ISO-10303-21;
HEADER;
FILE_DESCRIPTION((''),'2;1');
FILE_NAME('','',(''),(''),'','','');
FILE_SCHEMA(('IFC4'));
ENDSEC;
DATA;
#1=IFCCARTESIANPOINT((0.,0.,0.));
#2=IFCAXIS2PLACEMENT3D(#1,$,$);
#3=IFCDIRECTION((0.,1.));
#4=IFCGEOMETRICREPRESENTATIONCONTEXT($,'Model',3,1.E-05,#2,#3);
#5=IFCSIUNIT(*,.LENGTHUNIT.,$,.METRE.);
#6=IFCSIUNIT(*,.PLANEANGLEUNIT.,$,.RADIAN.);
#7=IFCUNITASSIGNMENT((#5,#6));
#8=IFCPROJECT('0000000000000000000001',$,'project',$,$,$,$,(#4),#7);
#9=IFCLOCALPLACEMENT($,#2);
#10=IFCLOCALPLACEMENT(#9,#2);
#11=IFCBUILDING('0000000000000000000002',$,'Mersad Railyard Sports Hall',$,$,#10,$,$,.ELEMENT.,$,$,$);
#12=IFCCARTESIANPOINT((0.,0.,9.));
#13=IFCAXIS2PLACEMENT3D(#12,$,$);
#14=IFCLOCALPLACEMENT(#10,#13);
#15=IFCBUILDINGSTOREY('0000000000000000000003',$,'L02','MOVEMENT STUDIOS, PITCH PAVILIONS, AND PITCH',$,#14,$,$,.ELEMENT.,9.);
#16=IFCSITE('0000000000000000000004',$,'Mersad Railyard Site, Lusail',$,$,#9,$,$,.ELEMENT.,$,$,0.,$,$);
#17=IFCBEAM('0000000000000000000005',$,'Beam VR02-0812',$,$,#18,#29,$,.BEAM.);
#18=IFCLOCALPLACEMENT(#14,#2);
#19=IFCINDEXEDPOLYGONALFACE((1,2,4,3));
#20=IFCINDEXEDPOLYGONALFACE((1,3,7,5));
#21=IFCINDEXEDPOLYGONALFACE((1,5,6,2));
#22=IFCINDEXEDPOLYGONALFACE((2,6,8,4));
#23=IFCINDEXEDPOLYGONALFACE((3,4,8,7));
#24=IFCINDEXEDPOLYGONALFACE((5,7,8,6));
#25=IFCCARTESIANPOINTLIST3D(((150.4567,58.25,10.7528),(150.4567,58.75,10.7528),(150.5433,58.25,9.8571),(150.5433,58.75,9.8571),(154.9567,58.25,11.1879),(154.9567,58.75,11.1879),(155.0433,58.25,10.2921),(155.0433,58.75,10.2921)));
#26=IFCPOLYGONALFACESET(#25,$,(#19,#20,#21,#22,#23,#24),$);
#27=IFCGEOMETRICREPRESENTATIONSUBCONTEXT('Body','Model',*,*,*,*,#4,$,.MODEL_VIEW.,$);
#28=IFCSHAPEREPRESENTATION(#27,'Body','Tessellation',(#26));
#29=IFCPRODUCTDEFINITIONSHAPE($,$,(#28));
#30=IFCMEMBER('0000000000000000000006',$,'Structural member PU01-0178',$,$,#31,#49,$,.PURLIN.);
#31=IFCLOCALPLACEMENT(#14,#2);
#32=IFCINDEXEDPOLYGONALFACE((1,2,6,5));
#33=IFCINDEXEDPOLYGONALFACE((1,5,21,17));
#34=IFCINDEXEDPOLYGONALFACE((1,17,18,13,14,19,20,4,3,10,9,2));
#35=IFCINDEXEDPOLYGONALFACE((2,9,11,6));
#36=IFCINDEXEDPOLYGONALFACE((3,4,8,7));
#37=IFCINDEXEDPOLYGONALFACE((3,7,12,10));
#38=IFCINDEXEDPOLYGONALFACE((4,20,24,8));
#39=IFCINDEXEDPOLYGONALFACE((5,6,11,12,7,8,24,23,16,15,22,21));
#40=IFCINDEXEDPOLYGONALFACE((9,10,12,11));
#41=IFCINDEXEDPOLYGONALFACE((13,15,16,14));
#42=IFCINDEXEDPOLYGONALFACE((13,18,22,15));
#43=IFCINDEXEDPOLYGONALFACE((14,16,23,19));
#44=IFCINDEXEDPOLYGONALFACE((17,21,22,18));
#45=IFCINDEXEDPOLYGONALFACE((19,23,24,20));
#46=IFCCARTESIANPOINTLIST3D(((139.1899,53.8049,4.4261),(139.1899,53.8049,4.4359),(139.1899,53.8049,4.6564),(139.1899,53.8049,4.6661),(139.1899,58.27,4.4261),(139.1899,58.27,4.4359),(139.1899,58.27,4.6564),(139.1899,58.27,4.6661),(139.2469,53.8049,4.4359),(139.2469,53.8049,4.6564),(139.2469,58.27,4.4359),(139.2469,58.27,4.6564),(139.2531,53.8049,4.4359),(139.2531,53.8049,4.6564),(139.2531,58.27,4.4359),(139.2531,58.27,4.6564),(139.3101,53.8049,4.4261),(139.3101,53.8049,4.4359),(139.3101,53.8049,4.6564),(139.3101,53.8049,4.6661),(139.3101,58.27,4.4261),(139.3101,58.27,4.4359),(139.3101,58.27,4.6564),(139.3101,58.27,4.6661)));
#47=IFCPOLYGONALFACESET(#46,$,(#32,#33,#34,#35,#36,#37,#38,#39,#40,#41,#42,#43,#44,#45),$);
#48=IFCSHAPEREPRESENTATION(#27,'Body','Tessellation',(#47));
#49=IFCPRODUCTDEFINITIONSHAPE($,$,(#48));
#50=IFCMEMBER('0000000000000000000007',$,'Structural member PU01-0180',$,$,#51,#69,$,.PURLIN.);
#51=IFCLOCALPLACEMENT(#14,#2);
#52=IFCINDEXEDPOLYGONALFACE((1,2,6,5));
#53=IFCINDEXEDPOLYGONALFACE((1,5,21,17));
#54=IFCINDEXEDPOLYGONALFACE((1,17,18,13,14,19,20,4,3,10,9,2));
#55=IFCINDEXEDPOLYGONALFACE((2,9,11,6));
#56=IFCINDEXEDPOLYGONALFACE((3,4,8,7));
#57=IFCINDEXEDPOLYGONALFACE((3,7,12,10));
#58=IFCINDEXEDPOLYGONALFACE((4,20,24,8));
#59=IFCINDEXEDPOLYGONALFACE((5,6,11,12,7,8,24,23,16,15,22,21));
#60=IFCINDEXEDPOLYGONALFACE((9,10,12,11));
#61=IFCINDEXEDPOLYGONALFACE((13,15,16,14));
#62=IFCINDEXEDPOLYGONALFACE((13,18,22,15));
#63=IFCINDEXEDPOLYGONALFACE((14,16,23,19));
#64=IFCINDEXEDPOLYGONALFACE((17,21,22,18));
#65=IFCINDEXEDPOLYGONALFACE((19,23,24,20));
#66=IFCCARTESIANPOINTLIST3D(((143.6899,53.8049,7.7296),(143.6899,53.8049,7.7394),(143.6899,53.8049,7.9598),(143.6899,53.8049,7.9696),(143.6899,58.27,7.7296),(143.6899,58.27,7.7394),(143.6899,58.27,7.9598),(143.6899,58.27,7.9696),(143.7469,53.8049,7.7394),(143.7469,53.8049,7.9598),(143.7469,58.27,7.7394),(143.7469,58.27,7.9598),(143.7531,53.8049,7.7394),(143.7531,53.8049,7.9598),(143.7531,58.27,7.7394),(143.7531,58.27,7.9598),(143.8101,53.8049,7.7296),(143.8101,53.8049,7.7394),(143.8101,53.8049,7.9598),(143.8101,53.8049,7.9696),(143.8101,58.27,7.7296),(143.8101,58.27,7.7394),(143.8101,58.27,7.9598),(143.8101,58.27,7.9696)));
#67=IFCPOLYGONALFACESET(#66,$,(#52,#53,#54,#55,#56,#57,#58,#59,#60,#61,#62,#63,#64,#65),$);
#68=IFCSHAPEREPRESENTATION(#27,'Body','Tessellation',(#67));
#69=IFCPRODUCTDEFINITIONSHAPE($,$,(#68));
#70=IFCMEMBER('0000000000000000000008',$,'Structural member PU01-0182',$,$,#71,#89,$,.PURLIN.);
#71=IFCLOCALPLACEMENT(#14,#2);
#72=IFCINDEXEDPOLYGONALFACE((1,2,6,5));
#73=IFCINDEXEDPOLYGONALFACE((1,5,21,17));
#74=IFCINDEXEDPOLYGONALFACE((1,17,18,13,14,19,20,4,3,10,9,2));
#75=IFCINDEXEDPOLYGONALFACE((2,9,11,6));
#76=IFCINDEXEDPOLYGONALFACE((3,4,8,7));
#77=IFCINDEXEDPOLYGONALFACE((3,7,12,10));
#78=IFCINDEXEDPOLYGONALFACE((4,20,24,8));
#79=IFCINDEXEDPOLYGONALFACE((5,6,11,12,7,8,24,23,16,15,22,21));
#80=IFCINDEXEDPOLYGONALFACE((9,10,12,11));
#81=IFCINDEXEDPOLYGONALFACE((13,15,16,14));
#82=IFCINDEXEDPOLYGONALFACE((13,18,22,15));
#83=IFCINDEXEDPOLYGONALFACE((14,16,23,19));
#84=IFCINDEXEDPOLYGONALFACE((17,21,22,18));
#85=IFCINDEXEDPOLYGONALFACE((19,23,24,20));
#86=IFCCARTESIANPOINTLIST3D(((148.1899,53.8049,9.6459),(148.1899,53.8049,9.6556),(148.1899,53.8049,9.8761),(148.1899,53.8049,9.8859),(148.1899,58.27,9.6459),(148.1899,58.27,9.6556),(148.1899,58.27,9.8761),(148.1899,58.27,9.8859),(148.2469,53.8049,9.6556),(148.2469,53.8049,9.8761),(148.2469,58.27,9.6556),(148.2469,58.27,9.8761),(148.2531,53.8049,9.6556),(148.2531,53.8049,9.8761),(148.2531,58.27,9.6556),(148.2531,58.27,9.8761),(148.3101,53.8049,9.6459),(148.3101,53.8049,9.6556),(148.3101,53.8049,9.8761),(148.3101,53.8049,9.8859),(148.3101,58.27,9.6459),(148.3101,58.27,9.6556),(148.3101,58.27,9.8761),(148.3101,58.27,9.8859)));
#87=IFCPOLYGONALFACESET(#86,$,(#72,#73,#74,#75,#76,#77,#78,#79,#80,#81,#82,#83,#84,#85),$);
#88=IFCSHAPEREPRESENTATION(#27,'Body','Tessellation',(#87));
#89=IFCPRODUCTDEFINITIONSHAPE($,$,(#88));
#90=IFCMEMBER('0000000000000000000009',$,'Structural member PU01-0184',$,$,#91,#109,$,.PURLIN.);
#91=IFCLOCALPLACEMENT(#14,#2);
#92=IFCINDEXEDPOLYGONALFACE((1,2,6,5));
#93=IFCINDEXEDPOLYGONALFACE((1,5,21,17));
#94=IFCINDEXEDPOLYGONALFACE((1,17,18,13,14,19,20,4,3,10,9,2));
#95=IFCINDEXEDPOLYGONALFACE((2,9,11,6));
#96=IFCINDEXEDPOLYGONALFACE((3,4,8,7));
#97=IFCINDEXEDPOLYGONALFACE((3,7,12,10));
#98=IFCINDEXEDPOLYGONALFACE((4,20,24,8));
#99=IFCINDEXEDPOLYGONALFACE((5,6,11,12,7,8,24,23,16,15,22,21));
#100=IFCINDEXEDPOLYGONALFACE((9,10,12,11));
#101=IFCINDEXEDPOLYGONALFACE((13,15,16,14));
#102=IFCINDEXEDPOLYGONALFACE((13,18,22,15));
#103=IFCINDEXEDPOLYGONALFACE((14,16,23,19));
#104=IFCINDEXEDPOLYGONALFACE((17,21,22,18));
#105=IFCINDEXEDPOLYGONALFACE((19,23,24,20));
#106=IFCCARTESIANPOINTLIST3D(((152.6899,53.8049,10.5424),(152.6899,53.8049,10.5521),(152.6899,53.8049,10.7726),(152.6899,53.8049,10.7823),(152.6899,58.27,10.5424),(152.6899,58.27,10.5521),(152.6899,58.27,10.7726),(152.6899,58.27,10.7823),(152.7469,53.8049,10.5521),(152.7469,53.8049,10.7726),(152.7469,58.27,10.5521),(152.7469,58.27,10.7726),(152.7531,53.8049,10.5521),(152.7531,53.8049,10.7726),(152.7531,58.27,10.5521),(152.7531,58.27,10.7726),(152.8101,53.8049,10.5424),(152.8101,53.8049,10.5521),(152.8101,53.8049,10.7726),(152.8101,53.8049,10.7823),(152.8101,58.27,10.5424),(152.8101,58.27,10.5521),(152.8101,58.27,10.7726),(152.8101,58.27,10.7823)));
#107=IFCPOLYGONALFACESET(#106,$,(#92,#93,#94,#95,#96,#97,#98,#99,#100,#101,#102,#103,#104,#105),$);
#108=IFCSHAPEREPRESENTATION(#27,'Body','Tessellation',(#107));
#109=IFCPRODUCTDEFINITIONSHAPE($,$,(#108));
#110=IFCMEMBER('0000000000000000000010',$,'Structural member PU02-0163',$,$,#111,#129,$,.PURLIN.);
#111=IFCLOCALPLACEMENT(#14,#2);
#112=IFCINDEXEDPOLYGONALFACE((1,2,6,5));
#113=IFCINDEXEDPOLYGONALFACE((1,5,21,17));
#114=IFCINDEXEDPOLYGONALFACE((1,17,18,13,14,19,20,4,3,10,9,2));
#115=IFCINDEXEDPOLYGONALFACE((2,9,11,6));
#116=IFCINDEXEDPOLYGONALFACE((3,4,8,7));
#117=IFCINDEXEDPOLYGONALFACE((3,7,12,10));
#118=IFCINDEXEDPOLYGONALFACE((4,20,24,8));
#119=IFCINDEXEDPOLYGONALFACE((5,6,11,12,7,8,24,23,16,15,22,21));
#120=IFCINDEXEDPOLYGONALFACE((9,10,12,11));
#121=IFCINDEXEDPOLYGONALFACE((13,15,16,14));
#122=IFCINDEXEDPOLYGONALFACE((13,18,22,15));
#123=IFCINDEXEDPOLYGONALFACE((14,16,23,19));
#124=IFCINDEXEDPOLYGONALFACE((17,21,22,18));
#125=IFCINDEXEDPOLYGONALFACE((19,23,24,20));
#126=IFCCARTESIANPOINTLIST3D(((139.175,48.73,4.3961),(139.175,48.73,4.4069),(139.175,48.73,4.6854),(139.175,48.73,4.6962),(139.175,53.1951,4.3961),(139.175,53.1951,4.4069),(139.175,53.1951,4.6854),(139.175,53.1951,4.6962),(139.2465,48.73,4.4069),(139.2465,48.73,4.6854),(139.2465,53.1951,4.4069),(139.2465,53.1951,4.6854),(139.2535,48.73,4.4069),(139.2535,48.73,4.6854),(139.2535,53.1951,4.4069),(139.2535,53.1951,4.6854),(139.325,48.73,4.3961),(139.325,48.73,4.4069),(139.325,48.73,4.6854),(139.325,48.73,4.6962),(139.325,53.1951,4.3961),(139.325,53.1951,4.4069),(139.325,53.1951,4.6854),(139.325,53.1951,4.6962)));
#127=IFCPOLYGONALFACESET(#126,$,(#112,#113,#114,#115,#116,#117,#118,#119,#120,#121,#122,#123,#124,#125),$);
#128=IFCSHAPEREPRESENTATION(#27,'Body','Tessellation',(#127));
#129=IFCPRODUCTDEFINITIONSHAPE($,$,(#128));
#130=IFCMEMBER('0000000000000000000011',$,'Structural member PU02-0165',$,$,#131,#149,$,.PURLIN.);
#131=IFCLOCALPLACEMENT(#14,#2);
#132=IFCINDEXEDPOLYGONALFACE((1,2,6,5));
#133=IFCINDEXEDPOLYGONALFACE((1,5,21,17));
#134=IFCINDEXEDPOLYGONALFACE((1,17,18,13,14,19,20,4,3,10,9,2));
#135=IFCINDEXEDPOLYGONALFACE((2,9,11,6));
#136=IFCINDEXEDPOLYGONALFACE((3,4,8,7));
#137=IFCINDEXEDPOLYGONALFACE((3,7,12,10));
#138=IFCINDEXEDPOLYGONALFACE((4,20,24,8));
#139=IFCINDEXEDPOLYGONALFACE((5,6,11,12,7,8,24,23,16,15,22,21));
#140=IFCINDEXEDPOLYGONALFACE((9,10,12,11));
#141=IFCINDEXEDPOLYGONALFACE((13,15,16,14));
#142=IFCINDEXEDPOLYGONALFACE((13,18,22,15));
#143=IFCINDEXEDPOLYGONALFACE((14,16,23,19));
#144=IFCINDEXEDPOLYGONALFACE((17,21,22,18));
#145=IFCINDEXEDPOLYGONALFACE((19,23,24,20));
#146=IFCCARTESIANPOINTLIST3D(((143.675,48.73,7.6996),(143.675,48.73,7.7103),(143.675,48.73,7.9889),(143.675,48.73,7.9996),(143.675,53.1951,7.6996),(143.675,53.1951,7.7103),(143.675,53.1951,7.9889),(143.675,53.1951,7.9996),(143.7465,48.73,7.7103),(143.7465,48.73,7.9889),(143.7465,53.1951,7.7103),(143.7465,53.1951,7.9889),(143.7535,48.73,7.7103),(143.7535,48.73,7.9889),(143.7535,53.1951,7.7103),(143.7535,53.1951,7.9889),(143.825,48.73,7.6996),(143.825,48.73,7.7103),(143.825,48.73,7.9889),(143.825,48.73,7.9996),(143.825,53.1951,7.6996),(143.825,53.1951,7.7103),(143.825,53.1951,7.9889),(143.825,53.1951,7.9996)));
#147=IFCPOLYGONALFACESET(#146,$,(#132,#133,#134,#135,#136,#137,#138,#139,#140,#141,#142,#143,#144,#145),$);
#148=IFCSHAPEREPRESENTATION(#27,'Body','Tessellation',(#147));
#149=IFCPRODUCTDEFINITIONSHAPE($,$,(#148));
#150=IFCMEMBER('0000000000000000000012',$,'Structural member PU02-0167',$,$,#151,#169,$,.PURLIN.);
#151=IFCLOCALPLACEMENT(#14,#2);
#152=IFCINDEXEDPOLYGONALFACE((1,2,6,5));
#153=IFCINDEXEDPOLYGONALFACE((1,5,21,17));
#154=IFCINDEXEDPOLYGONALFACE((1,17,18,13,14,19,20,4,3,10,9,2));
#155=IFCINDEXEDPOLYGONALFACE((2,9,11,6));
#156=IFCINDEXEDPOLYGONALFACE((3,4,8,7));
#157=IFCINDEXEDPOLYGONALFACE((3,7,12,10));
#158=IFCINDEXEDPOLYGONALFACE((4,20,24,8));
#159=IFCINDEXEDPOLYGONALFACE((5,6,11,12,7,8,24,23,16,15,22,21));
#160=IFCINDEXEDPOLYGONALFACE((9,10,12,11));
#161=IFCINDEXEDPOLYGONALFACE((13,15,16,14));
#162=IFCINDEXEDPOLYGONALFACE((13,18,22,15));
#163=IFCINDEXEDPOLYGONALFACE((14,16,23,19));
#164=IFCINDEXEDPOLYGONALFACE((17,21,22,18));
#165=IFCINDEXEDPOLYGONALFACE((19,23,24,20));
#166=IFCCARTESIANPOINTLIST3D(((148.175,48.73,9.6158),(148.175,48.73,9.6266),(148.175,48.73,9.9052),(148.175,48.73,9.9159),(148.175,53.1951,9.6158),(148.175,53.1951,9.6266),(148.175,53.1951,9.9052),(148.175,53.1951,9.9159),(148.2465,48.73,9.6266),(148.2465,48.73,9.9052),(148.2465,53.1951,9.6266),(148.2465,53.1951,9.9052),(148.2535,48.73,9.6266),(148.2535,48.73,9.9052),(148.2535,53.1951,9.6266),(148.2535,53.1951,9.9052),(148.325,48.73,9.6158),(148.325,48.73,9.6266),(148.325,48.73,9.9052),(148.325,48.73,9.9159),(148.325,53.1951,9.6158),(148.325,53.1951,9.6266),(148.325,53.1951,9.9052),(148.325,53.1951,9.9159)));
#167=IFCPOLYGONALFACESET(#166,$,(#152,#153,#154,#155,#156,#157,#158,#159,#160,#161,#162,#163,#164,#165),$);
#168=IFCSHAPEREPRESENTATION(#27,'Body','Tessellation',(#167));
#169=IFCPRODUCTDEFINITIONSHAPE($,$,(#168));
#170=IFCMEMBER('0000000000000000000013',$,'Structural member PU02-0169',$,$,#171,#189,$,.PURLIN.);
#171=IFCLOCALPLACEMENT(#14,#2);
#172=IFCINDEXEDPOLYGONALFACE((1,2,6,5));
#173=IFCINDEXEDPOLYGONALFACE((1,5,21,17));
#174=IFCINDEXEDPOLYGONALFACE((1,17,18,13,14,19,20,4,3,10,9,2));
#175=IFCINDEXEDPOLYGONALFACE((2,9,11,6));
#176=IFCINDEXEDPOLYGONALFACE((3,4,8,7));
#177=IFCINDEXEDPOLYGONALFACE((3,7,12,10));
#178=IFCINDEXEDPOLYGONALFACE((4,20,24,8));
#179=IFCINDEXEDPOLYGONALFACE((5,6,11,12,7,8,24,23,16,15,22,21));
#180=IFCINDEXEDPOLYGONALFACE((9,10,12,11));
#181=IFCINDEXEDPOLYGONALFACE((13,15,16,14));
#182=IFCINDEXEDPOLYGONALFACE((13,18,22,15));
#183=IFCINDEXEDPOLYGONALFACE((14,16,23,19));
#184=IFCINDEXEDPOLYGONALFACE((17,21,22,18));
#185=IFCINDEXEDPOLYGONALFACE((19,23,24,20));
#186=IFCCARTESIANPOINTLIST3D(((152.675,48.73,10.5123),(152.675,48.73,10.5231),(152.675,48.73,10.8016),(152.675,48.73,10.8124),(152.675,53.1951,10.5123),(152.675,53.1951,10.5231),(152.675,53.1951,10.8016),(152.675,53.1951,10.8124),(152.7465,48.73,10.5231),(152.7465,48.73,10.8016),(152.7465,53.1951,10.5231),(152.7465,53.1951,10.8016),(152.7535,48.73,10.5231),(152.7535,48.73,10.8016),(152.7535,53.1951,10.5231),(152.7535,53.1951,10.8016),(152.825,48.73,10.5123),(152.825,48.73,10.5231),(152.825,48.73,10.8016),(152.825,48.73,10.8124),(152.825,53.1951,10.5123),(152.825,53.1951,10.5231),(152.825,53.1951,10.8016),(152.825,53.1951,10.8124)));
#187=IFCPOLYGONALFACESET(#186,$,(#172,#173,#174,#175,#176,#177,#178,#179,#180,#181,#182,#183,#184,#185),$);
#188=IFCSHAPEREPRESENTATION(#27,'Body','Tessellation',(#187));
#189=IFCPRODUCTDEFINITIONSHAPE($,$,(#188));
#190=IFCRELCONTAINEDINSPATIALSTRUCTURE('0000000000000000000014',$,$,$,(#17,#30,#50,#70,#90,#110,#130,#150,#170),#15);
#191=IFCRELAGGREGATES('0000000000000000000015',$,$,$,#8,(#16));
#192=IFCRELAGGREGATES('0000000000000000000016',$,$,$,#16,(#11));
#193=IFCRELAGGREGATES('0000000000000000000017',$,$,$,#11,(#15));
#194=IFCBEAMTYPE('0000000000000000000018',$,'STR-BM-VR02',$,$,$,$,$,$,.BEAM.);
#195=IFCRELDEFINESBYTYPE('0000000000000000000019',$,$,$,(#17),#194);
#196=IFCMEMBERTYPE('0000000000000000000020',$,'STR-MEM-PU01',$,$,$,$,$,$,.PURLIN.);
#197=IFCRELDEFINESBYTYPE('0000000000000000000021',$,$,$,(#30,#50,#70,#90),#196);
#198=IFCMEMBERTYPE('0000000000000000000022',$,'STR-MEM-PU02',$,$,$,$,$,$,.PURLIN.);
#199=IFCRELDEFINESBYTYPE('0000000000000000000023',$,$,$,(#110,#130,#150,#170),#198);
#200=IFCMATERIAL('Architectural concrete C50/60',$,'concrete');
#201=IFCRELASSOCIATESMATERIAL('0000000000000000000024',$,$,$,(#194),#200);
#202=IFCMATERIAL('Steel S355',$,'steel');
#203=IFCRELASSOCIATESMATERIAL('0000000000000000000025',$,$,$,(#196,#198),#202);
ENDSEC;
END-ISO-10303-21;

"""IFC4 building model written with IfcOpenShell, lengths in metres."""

from ifc_helpers import new_model, si_unit, direction, frame, origin, origin_2d, place, context, subcontext, project, spatial, rectangle, i_section, extrude, material, material_profile, profile_set, type_object, element, save


model = new_model("IFC4")

# Units and contexts
model_context = context("Model", 3, precision=1e-05, world=origin(), true_north=direction((0.0, 1.0)))
body_context = subcontext(model_context, "Body", "Model", "MODEL_VIEW")
ifc_project = project(units=[si_unit("LENGTHUNIT", "METRE"), si_unit("PLANEANGLEUNIT", "RADIAN")], contexts=[model_context])

# Site, building, storey
site_placement = place(None, origin())
site = spatial("IfcSite", under=ifc_project, at=site_placement, Name="Mersad Railyard Site, Lusail", CompositionType="ELEMENT", RefElevation=0.0)
building_placement = place(site_placement, origin())
building = spatial("IfcBuilding", under=site, at=building_placement, Name="Mersad Railyard Sports Hall", CompositionType="ELEMENT")
storey_placement = place(building_placement, frame((0.0, 0.0, 9.0)))
storey = spatial("IfcBuildingStorey", under=building, at=storey_placement, Name="L02", Description="MOVEMENT STUDIOS, PITCH PAVILIONS, AND PITCH", CompositionType="ELEMENT", Elevation=9.0)

# Beam
ifc_material_1 = material(Name="Architectural concrete C50/60", Category="concrete")
ifc_material_profile_1 = material_profile(ifc_material_1, rectangle(XDim=0.5, YDim=0.8999, at=origin_2d()), Name="VR 500x900")
ifc_profile_set_1 = profile_set([ifc_material_profile_1], Name="Architectural concrete C50/60")
beam_type_1 = type_object("IfcBeamType", Name="STR-BM-VR02", PredefinedType="BEAM", material=ifc_profile_set_1)
beam_1_placement = place(storey_placement, frame((150.5, 58.5, 10.3049), z_axis=(0.995359, 0.0, 0.096231), x_axis=(0.0, 1.0, 0.0)))
element("IfcBeam", 1, at=beam_1_placement, inside=storey, type_object=beam_type_1, Name="Beam VR02-0812", PredefinedType="BEAM", context=body_context, shape_type="SweptSolid", body=[
    extrude(rectangle(XDim=0.5, YDim=0.8999, at=origin_2d()), origin(), (0.0, 0.0, 1.0), 4.521),
])

# Members
ifc_material_2 = material(Name="Steel S355", Category="steel")
ifc_material_profile_2 = material_profile(ifc_material_2, i_section(OverallWidth=0.1201, OverallDepth=0.24, WebThickness=0.0061, FlangeThickness=0.0098, at=origin_2d()), Name="IPE 240")
ifc_profile_set_2 = profile_set([ifc_material_profile_2], Name="Steel S355")
member_type_1 = type_object("IfcMemberType", Name="STR-MEM-PU01", PredefinedType="PURLIN", material=ifc_profile_set_2)
for number, where, z_axis, x_axis, name in (
    (2, (139.25, 53.8049, 4.5461), (0.0, 1.0, 0.0), (-1.0, 0.0, 0.0), "Structural member PU01-0178"),
    (3, (143.75, 53.8049, 7.8496), (0.0, 1.0, 0.0), (-1.0, 0.0, 0.0), "Structural member PU01-0180"),
    (4, (148.25, 53.8049, 9.7659), (0.0, 1.0, 0.0), (-1.0, 0.0, 0.0), "Structural member PU01-0182"),
    (5, (152.75, 53.8049, 10.6624), (0.0, 1.0, 0.0), (-1.0, 0.0, 0.0), "Structural member PU01-0184"),
):
    element("IfcMember", number, at=place(storey_placement, frame(where, z_axis=z_axis, x_axis=x_axis)), inside=storey, type_object=member_type_1, Name=name, PredefinedType="PURLIN", context=body_context, shape_type="SweptSolid", body=[
        extrude(i_section(OverallWidth=0.1201, OverallDepth=0.24, WebThickness=0.0061, FlangeThickness=0.0098, at=origin_2d()), origin(), (0.0, 0.0, 1.0), 4.4651),
    ])
ifc_material_profile_3 = material_profile(ifc_material_2, i_section(OverallWidth=0.1499, OverallDepth=0.3, WebThickness=0.0071, FlangeThickness=0.0107, at=origin_2d()), Name="IPE 300")
ifc_profile_set_3 = profile_set([ifc_material_profile_3], Name="Steel S355")
member_type_2 = type_object("IfcMemberType", Name="STR-MEM-PU02", PredefinedType="PURLIN", material=ifc_profile_set_3)
for number, where, z_axis, x_axis, name in (
    (6, (139.25, 48.73, 4.5461), (0.0, 1.0, 0.0), (-1.0, 0.0, 0.0), "Structural member PU02-0163"),
    (7, (143.75, 48.73, 7.8496), (0.0, 1.0, 0.0), (-1.0, 0.0, 0.0), "Structural member PU02-0165"),
    (8, (148.25, 48.73, 9.7659), (0.0, 1.0, 0.0), (-1.0, 0.0, 0.0), "Structural member PU02-0167"),
    (9, (152.75, 48.73, 10.6624), (0.0, 1.0, 0.0), (-1.0, 0.0, 0.0), "Structural member PU02-0169"),
):
    element("IfcMember", number, at=place(storey_placement, frame(where, z_axis=z_axis, x_axis=x_axis)), inside=storey, type_object=member_type_2, Name=name, PredefinedType="PURLIN", context=body_context, shape_type="SweptSolid", body=[
        extrude(i_section(OverallWidth=0.1499, OverallDepth=0.3, WebThickness=0.0071, FlangeThickness=0.0107, at=origin_2d()), origin(), (0.0, 0.0, 1.0), 4.4651),
    ])

save(model, "model.ifc")
